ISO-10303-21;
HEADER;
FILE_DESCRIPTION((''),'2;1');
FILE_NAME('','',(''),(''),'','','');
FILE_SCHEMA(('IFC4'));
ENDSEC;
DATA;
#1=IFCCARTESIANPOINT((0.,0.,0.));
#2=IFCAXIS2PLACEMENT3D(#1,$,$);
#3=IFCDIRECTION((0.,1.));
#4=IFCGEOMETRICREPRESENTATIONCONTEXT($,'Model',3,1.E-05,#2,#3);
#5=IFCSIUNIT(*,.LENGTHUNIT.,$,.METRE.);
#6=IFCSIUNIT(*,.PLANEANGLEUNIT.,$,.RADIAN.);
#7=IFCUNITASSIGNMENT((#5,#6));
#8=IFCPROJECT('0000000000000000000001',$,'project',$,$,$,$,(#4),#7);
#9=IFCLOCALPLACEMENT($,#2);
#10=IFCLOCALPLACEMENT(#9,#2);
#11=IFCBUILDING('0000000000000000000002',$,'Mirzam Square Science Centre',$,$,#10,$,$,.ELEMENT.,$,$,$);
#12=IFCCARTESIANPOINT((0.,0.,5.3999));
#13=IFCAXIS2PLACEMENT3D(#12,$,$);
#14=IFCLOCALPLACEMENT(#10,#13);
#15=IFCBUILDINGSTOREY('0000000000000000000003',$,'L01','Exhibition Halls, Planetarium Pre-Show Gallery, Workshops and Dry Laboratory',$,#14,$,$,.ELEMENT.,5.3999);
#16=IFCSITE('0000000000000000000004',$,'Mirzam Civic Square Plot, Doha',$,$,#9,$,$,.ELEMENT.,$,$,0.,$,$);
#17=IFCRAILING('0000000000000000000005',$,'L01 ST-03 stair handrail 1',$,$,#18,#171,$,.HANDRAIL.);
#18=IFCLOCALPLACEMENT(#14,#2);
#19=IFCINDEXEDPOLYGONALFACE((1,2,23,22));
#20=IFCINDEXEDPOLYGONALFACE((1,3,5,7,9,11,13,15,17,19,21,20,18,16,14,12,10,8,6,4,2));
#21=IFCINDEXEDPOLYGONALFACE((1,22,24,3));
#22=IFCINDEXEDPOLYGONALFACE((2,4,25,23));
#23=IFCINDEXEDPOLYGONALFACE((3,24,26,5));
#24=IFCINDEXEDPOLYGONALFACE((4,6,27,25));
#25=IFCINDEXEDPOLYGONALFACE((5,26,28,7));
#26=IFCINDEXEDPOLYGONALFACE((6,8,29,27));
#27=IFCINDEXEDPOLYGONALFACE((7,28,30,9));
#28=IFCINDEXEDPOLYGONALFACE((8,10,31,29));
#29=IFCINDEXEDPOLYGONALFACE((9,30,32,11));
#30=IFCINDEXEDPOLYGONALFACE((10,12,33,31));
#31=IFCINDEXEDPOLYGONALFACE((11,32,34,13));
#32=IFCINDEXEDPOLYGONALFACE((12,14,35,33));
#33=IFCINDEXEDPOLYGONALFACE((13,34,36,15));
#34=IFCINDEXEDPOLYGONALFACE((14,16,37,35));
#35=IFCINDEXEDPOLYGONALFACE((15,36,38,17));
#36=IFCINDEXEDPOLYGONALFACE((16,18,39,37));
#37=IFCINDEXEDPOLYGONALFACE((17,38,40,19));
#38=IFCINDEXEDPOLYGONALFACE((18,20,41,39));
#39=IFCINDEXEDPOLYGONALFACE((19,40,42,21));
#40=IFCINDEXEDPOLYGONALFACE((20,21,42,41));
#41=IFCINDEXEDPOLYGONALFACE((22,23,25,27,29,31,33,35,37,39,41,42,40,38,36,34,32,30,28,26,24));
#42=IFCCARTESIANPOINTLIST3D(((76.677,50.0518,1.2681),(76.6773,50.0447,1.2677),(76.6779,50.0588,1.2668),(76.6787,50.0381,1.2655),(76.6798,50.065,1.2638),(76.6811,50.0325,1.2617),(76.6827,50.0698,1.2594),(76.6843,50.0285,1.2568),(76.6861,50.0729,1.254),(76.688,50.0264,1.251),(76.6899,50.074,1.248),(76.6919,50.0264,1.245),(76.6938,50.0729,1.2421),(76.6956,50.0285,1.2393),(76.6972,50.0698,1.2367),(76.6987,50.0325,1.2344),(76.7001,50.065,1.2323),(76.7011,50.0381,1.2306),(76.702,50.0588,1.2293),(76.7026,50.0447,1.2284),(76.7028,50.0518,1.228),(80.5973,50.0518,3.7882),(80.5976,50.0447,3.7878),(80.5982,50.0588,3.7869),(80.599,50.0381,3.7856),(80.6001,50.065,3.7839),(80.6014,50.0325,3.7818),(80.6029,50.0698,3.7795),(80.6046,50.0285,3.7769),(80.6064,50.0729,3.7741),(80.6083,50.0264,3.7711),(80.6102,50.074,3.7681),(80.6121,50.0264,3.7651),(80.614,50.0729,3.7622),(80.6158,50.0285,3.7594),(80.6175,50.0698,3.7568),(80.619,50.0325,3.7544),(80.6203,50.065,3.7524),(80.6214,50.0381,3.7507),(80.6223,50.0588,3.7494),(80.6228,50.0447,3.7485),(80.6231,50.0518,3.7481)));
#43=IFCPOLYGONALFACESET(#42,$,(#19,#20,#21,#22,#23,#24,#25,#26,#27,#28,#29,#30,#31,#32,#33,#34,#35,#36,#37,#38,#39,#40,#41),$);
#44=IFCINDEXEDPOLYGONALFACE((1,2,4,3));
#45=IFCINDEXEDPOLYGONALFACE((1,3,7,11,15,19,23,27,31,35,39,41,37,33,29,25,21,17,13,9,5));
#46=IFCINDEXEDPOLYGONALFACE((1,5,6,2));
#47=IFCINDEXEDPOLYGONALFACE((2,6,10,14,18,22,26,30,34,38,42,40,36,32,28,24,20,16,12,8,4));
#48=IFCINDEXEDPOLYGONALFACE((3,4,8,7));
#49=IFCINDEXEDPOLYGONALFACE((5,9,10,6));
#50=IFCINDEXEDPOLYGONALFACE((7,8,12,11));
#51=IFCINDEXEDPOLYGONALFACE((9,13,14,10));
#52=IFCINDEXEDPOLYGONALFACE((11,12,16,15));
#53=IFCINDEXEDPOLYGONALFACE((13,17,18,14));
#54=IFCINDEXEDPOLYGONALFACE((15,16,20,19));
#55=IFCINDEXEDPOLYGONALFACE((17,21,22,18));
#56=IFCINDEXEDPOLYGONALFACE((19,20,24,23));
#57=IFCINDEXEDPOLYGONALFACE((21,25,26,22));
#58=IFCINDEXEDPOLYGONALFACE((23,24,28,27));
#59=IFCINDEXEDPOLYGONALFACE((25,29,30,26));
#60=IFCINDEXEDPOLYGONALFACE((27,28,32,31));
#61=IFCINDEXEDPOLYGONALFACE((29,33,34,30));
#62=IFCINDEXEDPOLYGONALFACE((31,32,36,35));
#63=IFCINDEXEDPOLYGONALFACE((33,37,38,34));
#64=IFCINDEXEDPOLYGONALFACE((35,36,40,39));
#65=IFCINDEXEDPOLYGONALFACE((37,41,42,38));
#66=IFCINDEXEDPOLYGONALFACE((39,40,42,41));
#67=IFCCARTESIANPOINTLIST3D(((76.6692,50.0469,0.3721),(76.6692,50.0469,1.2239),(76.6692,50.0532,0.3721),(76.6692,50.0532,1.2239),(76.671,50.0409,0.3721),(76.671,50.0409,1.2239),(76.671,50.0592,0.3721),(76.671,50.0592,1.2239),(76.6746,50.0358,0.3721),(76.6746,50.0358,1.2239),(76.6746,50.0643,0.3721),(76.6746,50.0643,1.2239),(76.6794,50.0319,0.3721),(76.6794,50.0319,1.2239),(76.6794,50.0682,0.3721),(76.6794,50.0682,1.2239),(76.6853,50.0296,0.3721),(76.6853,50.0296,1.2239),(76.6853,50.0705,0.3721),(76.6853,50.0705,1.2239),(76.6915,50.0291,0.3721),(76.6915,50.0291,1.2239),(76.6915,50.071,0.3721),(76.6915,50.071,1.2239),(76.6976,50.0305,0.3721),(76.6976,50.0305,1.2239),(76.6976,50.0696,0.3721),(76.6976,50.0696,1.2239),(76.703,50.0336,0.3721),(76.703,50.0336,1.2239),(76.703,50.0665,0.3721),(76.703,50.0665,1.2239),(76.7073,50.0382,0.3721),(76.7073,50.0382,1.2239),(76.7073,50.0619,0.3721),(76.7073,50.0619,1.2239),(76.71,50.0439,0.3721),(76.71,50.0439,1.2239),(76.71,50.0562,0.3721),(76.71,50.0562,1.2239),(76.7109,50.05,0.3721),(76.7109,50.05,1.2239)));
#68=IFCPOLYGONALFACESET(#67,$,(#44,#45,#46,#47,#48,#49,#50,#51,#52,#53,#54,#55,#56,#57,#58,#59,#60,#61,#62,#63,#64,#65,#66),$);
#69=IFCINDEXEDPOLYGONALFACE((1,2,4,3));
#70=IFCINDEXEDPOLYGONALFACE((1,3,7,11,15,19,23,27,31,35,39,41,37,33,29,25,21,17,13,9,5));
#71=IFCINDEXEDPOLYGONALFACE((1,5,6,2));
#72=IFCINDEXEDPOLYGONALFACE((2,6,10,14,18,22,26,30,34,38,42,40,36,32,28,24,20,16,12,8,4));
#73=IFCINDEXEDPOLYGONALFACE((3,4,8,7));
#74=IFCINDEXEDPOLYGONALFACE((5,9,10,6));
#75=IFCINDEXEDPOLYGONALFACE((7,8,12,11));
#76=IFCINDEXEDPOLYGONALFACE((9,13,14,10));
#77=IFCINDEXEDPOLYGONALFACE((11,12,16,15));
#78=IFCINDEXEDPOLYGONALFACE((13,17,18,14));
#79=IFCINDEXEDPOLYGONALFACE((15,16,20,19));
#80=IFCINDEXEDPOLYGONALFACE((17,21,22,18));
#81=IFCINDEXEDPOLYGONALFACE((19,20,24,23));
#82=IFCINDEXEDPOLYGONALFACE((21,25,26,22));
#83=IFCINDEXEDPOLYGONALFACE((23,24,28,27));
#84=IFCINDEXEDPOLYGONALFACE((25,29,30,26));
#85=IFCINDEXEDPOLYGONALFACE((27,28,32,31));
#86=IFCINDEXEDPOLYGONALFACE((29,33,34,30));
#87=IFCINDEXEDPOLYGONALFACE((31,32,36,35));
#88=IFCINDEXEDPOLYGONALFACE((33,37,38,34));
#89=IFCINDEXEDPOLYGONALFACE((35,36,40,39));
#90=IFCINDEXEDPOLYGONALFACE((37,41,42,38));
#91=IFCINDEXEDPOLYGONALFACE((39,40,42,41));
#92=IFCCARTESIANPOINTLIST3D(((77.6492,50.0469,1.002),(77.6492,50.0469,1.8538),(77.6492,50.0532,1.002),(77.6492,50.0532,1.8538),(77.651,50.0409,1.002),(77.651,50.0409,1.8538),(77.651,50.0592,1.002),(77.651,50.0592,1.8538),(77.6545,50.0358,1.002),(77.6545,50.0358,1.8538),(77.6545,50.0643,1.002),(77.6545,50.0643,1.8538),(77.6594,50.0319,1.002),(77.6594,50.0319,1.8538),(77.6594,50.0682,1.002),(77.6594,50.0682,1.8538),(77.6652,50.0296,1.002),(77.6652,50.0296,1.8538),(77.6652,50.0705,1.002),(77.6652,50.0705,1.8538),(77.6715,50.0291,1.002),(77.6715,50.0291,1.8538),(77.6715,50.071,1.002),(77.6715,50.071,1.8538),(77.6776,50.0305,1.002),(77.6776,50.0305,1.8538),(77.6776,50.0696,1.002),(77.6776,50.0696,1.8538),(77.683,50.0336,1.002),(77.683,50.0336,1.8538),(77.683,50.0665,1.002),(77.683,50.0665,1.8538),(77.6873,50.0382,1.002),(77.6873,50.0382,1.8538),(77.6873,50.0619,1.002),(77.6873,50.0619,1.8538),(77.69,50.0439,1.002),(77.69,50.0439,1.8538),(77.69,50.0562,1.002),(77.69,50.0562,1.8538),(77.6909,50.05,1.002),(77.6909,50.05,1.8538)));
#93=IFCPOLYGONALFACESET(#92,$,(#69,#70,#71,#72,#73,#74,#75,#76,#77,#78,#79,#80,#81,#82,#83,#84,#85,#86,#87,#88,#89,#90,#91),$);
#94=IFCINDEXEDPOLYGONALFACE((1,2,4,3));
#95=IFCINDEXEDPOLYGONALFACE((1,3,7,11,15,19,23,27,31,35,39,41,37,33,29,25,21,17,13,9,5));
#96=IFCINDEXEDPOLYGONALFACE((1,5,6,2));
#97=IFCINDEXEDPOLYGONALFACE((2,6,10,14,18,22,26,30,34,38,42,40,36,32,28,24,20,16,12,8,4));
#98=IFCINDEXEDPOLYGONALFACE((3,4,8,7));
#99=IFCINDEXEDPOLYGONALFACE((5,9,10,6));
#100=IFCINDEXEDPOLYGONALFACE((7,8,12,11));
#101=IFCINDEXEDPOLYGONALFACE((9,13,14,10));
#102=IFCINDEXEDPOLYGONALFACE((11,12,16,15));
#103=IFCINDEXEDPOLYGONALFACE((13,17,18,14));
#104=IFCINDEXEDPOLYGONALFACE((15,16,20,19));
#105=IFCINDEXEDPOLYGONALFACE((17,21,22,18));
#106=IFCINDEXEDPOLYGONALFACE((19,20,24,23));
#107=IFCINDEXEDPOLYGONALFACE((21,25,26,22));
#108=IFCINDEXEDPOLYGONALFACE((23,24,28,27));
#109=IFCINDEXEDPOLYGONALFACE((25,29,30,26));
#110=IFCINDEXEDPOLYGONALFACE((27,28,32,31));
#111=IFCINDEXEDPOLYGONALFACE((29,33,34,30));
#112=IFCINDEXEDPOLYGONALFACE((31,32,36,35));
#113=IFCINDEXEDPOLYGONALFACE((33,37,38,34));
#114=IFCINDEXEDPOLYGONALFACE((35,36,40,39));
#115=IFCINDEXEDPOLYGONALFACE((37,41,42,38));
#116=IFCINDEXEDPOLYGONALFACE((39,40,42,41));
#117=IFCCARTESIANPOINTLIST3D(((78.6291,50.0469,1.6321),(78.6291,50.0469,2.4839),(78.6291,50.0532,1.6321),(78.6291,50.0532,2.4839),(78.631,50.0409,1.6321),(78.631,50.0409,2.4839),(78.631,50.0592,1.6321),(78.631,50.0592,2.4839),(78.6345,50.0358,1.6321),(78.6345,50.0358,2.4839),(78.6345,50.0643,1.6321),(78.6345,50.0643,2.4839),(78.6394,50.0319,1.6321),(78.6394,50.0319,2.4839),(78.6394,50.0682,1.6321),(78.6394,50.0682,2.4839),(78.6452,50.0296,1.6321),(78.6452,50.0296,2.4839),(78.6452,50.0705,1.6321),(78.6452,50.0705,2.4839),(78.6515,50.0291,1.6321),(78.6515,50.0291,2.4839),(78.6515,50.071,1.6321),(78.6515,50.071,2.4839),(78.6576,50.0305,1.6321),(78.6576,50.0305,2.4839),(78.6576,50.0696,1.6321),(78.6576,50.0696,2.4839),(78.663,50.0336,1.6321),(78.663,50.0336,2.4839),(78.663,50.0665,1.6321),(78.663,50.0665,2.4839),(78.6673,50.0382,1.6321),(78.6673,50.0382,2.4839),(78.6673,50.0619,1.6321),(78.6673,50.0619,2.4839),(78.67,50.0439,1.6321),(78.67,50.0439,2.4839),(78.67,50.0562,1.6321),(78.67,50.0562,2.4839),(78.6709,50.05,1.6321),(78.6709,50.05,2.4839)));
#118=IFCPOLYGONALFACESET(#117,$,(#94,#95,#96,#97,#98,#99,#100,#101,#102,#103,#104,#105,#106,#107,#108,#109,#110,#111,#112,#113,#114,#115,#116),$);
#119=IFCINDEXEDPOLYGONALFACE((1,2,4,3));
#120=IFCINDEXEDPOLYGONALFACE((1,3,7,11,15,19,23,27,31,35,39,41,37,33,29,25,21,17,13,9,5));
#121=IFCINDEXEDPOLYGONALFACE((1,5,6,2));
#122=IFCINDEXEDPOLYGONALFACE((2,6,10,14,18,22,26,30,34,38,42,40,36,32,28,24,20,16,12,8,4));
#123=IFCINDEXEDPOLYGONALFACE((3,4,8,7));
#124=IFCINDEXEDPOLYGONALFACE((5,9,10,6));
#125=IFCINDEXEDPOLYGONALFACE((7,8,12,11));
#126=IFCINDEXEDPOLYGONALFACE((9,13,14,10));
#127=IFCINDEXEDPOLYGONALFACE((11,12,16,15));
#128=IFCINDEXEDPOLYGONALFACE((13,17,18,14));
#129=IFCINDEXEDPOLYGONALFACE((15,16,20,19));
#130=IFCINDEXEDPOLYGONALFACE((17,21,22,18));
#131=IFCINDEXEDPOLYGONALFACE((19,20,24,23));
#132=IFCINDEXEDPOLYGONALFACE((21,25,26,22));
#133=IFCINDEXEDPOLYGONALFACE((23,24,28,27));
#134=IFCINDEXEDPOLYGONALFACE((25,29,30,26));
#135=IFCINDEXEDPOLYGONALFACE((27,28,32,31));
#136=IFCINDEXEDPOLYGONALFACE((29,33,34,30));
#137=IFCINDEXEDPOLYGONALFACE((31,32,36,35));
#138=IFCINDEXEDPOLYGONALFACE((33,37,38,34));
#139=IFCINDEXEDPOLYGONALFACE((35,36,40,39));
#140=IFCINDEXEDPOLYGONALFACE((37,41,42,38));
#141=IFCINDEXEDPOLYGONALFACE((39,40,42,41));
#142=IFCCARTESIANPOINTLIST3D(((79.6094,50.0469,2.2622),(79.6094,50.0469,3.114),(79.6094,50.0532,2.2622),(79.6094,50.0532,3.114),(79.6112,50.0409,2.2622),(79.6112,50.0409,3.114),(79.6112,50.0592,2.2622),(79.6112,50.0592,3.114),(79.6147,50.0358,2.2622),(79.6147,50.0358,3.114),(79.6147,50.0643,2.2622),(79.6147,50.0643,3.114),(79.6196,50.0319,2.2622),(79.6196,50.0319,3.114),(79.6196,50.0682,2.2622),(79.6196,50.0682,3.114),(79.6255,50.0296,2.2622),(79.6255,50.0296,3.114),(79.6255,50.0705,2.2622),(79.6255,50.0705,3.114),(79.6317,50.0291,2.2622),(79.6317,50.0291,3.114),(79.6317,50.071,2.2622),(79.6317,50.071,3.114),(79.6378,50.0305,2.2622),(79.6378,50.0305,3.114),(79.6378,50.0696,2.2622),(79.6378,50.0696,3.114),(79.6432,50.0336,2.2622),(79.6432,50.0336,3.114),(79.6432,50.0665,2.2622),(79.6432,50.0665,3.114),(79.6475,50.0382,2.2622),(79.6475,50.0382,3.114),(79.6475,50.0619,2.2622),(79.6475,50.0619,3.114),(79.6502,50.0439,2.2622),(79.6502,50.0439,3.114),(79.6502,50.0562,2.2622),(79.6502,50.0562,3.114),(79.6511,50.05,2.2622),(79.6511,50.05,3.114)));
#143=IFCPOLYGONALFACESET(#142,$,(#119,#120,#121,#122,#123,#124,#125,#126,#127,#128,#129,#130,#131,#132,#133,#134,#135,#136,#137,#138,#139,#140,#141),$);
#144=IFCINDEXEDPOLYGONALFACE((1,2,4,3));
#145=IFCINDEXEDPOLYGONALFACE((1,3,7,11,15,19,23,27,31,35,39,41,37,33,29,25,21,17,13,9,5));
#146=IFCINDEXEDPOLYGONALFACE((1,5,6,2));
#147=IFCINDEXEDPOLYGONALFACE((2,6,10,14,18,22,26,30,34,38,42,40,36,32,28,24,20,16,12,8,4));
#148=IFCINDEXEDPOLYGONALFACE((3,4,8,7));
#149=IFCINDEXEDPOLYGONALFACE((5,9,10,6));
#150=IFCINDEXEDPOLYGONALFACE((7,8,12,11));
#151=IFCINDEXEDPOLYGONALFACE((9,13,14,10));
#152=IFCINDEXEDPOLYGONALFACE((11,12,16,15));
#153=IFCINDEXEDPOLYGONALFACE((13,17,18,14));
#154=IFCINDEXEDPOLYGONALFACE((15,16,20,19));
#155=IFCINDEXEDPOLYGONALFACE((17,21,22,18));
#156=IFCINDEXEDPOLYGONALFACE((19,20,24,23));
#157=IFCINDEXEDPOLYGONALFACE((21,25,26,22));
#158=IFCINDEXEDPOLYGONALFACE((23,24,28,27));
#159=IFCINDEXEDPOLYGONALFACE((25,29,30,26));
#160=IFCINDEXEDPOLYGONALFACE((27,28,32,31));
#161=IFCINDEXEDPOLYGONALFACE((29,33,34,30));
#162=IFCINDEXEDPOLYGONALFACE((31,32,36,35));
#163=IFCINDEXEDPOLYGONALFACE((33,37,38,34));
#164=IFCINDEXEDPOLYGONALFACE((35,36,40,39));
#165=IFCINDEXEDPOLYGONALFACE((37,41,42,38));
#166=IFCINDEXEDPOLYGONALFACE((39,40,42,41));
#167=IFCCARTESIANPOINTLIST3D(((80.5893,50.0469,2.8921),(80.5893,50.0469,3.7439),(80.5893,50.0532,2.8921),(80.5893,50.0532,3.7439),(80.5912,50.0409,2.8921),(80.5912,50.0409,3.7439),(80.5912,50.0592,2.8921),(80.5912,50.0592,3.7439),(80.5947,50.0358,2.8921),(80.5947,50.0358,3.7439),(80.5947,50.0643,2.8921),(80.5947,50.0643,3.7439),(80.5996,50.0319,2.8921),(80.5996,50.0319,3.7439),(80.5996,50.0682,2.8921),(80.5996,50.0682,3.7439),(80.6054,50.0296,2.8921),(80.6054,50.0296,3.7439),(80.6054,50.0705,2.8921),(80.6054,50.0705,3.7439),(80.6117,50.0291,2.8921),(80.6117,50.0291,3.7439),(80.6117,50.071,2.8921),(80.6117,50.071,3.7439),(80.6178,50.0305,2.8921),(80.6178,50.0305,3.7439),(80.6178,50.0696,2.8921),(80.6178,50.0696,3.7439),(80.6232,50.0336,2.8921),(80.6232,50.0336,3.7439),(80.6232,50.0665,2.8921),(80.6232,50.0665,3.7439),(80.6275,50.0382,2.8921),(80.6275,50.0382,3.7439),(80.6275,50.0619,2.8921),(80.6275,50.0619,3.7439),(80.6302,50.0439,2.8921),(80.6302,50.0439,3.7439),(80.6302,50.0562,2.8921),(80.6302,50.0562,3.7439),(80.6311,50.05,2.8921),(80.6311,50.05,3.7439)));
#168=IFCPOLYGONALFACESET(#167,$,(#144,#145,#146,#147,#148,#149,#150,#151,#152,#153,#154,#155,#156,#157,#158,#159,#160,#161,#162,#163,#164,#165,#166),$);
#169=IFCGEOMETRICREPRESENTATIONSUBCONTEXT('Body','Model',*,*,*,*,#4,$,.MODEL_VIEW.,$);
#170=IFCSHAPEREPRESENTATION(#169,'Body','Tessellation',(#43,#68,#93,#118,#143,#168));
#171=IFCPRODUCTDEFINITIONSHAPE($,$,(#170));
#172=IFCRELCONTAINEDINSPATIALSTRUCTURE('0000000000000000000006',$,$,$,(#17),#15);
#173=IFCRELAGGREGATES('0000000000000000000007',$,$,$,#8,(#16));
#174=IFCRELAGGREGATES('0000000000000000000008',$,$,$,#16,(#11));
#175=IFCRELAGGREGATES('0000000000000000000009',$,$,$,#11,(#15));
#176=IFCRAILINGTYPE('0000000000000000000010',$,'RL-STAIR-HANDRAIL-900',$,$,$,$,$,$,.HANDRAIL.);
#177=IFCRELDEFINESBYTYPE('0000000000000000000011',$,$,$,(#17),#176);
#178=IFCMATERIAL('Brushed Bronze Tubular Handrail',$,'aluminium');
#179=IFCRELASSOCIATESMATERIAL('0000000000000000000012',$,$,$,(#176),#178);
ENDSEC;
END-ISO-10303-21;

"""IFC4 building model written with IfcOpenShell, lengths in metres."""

from ifc_helpers import new_model, si_unit, direction, frame, origin, origin_2d, place, context, subcontext, project, spatial, circle, extrude, material, type_object, element, save


model = new_model("IFC4")

# Units and contexts
model_context = context("Model", 3, precision=1e-05, world=origin(), true_north=direction((0.0, 1.0)))
body_context = subcontext(model_context, "Body", "Model", "MODEL_VIEW")
ifc_project = project(units=[si_unit("LENGTHUNIT", "METRE"), si_unit("PLANEANGLEUNIT", "RADIAN")], contexts=[model_context])

# Site, building, storey
site_placement = place(None, origin())
site = spatial("IfcSite", under=ifc_project, at=site_placement, Name="Mirzam Civic Square Plot, Doha", CompositionType="ELEMENT", RefElevation=0.0)
building_placement = place(site_placement, origin())
building = spatial("IfcBuilding", under=site, at=building_placement, Name="Mirzam Square Science Centre", CompositionType="ELEMENT")
storey_placement = place(building_placement, frame((0.0, 0.0, 5.3999)))
storey = spatial("IfcBuildingStorey", under=building, at=storey_placement, Name="L01", Description="Exhibition Halls, Planetarium Pre-Show Gallery, Workshops and Dry Laboratory", CompositionType="ELEMENT", Elevation=5.3999)

# Railing
ifc_material_1 = material(Name="Brushed Bronze Tubular Handrail", Category="aluminium")
railing_type_1 = type_object("IfcRailingType", Name="RL-STAIR-HANDRAIL-900", PredefinedType="HANDRAIL", material=ifc_material_1)
railing_1_placement = place(storey_placement, frame((76.6899, 50.05, 0.3721)))
element("IfcRailing", 1, at=railing_1_placement, inside=storey, type_object=railing_type_1, Name="L01 ST-03 stair handrail 1", PredefinedType="HANDRAIL", context=body_context, shape_type="SweptSolid", body=[
    extrude(circle(Radius=0.0239, at=origin_2d()), frame((0.0, 0.0, 0.876), z_axis=(0.841187, 0.0, 0.540744), x_axis=(0.0, 1.0, 0.0)), (0.0, 0.0, 1.0), 4.6604),
    extrude(circle(Radius=0.021, at=origin_2d()), origin(), (0.0, 0.0, 1.0), 0.8518),
    extrude(circle(Radius=0.021, at=origin_2d()), frame((0.98, 0.0, 0.6299)), (0.0, 0.0, 1.0), 0.8518),
    extrude(circle(Radius=0.021, at=origin_2d()), frame((1.96, 0.0, 1.26)), (0.0, 0.0, 1.0), 0.8518),
    extrude(circle(Radius=0.021, at=origin_2d()), frame((2.9402, 0.0, 1.8901)), (0.0, 0.0, 1.0), 0.8518),
    extrude(circle(Radius=0.021, at=origin_2d()), frame((3.9202, 0.0, 2.52)), (0.0, 0.0, 1.0), 0.8518),
])

save(model, "model.ifc")
